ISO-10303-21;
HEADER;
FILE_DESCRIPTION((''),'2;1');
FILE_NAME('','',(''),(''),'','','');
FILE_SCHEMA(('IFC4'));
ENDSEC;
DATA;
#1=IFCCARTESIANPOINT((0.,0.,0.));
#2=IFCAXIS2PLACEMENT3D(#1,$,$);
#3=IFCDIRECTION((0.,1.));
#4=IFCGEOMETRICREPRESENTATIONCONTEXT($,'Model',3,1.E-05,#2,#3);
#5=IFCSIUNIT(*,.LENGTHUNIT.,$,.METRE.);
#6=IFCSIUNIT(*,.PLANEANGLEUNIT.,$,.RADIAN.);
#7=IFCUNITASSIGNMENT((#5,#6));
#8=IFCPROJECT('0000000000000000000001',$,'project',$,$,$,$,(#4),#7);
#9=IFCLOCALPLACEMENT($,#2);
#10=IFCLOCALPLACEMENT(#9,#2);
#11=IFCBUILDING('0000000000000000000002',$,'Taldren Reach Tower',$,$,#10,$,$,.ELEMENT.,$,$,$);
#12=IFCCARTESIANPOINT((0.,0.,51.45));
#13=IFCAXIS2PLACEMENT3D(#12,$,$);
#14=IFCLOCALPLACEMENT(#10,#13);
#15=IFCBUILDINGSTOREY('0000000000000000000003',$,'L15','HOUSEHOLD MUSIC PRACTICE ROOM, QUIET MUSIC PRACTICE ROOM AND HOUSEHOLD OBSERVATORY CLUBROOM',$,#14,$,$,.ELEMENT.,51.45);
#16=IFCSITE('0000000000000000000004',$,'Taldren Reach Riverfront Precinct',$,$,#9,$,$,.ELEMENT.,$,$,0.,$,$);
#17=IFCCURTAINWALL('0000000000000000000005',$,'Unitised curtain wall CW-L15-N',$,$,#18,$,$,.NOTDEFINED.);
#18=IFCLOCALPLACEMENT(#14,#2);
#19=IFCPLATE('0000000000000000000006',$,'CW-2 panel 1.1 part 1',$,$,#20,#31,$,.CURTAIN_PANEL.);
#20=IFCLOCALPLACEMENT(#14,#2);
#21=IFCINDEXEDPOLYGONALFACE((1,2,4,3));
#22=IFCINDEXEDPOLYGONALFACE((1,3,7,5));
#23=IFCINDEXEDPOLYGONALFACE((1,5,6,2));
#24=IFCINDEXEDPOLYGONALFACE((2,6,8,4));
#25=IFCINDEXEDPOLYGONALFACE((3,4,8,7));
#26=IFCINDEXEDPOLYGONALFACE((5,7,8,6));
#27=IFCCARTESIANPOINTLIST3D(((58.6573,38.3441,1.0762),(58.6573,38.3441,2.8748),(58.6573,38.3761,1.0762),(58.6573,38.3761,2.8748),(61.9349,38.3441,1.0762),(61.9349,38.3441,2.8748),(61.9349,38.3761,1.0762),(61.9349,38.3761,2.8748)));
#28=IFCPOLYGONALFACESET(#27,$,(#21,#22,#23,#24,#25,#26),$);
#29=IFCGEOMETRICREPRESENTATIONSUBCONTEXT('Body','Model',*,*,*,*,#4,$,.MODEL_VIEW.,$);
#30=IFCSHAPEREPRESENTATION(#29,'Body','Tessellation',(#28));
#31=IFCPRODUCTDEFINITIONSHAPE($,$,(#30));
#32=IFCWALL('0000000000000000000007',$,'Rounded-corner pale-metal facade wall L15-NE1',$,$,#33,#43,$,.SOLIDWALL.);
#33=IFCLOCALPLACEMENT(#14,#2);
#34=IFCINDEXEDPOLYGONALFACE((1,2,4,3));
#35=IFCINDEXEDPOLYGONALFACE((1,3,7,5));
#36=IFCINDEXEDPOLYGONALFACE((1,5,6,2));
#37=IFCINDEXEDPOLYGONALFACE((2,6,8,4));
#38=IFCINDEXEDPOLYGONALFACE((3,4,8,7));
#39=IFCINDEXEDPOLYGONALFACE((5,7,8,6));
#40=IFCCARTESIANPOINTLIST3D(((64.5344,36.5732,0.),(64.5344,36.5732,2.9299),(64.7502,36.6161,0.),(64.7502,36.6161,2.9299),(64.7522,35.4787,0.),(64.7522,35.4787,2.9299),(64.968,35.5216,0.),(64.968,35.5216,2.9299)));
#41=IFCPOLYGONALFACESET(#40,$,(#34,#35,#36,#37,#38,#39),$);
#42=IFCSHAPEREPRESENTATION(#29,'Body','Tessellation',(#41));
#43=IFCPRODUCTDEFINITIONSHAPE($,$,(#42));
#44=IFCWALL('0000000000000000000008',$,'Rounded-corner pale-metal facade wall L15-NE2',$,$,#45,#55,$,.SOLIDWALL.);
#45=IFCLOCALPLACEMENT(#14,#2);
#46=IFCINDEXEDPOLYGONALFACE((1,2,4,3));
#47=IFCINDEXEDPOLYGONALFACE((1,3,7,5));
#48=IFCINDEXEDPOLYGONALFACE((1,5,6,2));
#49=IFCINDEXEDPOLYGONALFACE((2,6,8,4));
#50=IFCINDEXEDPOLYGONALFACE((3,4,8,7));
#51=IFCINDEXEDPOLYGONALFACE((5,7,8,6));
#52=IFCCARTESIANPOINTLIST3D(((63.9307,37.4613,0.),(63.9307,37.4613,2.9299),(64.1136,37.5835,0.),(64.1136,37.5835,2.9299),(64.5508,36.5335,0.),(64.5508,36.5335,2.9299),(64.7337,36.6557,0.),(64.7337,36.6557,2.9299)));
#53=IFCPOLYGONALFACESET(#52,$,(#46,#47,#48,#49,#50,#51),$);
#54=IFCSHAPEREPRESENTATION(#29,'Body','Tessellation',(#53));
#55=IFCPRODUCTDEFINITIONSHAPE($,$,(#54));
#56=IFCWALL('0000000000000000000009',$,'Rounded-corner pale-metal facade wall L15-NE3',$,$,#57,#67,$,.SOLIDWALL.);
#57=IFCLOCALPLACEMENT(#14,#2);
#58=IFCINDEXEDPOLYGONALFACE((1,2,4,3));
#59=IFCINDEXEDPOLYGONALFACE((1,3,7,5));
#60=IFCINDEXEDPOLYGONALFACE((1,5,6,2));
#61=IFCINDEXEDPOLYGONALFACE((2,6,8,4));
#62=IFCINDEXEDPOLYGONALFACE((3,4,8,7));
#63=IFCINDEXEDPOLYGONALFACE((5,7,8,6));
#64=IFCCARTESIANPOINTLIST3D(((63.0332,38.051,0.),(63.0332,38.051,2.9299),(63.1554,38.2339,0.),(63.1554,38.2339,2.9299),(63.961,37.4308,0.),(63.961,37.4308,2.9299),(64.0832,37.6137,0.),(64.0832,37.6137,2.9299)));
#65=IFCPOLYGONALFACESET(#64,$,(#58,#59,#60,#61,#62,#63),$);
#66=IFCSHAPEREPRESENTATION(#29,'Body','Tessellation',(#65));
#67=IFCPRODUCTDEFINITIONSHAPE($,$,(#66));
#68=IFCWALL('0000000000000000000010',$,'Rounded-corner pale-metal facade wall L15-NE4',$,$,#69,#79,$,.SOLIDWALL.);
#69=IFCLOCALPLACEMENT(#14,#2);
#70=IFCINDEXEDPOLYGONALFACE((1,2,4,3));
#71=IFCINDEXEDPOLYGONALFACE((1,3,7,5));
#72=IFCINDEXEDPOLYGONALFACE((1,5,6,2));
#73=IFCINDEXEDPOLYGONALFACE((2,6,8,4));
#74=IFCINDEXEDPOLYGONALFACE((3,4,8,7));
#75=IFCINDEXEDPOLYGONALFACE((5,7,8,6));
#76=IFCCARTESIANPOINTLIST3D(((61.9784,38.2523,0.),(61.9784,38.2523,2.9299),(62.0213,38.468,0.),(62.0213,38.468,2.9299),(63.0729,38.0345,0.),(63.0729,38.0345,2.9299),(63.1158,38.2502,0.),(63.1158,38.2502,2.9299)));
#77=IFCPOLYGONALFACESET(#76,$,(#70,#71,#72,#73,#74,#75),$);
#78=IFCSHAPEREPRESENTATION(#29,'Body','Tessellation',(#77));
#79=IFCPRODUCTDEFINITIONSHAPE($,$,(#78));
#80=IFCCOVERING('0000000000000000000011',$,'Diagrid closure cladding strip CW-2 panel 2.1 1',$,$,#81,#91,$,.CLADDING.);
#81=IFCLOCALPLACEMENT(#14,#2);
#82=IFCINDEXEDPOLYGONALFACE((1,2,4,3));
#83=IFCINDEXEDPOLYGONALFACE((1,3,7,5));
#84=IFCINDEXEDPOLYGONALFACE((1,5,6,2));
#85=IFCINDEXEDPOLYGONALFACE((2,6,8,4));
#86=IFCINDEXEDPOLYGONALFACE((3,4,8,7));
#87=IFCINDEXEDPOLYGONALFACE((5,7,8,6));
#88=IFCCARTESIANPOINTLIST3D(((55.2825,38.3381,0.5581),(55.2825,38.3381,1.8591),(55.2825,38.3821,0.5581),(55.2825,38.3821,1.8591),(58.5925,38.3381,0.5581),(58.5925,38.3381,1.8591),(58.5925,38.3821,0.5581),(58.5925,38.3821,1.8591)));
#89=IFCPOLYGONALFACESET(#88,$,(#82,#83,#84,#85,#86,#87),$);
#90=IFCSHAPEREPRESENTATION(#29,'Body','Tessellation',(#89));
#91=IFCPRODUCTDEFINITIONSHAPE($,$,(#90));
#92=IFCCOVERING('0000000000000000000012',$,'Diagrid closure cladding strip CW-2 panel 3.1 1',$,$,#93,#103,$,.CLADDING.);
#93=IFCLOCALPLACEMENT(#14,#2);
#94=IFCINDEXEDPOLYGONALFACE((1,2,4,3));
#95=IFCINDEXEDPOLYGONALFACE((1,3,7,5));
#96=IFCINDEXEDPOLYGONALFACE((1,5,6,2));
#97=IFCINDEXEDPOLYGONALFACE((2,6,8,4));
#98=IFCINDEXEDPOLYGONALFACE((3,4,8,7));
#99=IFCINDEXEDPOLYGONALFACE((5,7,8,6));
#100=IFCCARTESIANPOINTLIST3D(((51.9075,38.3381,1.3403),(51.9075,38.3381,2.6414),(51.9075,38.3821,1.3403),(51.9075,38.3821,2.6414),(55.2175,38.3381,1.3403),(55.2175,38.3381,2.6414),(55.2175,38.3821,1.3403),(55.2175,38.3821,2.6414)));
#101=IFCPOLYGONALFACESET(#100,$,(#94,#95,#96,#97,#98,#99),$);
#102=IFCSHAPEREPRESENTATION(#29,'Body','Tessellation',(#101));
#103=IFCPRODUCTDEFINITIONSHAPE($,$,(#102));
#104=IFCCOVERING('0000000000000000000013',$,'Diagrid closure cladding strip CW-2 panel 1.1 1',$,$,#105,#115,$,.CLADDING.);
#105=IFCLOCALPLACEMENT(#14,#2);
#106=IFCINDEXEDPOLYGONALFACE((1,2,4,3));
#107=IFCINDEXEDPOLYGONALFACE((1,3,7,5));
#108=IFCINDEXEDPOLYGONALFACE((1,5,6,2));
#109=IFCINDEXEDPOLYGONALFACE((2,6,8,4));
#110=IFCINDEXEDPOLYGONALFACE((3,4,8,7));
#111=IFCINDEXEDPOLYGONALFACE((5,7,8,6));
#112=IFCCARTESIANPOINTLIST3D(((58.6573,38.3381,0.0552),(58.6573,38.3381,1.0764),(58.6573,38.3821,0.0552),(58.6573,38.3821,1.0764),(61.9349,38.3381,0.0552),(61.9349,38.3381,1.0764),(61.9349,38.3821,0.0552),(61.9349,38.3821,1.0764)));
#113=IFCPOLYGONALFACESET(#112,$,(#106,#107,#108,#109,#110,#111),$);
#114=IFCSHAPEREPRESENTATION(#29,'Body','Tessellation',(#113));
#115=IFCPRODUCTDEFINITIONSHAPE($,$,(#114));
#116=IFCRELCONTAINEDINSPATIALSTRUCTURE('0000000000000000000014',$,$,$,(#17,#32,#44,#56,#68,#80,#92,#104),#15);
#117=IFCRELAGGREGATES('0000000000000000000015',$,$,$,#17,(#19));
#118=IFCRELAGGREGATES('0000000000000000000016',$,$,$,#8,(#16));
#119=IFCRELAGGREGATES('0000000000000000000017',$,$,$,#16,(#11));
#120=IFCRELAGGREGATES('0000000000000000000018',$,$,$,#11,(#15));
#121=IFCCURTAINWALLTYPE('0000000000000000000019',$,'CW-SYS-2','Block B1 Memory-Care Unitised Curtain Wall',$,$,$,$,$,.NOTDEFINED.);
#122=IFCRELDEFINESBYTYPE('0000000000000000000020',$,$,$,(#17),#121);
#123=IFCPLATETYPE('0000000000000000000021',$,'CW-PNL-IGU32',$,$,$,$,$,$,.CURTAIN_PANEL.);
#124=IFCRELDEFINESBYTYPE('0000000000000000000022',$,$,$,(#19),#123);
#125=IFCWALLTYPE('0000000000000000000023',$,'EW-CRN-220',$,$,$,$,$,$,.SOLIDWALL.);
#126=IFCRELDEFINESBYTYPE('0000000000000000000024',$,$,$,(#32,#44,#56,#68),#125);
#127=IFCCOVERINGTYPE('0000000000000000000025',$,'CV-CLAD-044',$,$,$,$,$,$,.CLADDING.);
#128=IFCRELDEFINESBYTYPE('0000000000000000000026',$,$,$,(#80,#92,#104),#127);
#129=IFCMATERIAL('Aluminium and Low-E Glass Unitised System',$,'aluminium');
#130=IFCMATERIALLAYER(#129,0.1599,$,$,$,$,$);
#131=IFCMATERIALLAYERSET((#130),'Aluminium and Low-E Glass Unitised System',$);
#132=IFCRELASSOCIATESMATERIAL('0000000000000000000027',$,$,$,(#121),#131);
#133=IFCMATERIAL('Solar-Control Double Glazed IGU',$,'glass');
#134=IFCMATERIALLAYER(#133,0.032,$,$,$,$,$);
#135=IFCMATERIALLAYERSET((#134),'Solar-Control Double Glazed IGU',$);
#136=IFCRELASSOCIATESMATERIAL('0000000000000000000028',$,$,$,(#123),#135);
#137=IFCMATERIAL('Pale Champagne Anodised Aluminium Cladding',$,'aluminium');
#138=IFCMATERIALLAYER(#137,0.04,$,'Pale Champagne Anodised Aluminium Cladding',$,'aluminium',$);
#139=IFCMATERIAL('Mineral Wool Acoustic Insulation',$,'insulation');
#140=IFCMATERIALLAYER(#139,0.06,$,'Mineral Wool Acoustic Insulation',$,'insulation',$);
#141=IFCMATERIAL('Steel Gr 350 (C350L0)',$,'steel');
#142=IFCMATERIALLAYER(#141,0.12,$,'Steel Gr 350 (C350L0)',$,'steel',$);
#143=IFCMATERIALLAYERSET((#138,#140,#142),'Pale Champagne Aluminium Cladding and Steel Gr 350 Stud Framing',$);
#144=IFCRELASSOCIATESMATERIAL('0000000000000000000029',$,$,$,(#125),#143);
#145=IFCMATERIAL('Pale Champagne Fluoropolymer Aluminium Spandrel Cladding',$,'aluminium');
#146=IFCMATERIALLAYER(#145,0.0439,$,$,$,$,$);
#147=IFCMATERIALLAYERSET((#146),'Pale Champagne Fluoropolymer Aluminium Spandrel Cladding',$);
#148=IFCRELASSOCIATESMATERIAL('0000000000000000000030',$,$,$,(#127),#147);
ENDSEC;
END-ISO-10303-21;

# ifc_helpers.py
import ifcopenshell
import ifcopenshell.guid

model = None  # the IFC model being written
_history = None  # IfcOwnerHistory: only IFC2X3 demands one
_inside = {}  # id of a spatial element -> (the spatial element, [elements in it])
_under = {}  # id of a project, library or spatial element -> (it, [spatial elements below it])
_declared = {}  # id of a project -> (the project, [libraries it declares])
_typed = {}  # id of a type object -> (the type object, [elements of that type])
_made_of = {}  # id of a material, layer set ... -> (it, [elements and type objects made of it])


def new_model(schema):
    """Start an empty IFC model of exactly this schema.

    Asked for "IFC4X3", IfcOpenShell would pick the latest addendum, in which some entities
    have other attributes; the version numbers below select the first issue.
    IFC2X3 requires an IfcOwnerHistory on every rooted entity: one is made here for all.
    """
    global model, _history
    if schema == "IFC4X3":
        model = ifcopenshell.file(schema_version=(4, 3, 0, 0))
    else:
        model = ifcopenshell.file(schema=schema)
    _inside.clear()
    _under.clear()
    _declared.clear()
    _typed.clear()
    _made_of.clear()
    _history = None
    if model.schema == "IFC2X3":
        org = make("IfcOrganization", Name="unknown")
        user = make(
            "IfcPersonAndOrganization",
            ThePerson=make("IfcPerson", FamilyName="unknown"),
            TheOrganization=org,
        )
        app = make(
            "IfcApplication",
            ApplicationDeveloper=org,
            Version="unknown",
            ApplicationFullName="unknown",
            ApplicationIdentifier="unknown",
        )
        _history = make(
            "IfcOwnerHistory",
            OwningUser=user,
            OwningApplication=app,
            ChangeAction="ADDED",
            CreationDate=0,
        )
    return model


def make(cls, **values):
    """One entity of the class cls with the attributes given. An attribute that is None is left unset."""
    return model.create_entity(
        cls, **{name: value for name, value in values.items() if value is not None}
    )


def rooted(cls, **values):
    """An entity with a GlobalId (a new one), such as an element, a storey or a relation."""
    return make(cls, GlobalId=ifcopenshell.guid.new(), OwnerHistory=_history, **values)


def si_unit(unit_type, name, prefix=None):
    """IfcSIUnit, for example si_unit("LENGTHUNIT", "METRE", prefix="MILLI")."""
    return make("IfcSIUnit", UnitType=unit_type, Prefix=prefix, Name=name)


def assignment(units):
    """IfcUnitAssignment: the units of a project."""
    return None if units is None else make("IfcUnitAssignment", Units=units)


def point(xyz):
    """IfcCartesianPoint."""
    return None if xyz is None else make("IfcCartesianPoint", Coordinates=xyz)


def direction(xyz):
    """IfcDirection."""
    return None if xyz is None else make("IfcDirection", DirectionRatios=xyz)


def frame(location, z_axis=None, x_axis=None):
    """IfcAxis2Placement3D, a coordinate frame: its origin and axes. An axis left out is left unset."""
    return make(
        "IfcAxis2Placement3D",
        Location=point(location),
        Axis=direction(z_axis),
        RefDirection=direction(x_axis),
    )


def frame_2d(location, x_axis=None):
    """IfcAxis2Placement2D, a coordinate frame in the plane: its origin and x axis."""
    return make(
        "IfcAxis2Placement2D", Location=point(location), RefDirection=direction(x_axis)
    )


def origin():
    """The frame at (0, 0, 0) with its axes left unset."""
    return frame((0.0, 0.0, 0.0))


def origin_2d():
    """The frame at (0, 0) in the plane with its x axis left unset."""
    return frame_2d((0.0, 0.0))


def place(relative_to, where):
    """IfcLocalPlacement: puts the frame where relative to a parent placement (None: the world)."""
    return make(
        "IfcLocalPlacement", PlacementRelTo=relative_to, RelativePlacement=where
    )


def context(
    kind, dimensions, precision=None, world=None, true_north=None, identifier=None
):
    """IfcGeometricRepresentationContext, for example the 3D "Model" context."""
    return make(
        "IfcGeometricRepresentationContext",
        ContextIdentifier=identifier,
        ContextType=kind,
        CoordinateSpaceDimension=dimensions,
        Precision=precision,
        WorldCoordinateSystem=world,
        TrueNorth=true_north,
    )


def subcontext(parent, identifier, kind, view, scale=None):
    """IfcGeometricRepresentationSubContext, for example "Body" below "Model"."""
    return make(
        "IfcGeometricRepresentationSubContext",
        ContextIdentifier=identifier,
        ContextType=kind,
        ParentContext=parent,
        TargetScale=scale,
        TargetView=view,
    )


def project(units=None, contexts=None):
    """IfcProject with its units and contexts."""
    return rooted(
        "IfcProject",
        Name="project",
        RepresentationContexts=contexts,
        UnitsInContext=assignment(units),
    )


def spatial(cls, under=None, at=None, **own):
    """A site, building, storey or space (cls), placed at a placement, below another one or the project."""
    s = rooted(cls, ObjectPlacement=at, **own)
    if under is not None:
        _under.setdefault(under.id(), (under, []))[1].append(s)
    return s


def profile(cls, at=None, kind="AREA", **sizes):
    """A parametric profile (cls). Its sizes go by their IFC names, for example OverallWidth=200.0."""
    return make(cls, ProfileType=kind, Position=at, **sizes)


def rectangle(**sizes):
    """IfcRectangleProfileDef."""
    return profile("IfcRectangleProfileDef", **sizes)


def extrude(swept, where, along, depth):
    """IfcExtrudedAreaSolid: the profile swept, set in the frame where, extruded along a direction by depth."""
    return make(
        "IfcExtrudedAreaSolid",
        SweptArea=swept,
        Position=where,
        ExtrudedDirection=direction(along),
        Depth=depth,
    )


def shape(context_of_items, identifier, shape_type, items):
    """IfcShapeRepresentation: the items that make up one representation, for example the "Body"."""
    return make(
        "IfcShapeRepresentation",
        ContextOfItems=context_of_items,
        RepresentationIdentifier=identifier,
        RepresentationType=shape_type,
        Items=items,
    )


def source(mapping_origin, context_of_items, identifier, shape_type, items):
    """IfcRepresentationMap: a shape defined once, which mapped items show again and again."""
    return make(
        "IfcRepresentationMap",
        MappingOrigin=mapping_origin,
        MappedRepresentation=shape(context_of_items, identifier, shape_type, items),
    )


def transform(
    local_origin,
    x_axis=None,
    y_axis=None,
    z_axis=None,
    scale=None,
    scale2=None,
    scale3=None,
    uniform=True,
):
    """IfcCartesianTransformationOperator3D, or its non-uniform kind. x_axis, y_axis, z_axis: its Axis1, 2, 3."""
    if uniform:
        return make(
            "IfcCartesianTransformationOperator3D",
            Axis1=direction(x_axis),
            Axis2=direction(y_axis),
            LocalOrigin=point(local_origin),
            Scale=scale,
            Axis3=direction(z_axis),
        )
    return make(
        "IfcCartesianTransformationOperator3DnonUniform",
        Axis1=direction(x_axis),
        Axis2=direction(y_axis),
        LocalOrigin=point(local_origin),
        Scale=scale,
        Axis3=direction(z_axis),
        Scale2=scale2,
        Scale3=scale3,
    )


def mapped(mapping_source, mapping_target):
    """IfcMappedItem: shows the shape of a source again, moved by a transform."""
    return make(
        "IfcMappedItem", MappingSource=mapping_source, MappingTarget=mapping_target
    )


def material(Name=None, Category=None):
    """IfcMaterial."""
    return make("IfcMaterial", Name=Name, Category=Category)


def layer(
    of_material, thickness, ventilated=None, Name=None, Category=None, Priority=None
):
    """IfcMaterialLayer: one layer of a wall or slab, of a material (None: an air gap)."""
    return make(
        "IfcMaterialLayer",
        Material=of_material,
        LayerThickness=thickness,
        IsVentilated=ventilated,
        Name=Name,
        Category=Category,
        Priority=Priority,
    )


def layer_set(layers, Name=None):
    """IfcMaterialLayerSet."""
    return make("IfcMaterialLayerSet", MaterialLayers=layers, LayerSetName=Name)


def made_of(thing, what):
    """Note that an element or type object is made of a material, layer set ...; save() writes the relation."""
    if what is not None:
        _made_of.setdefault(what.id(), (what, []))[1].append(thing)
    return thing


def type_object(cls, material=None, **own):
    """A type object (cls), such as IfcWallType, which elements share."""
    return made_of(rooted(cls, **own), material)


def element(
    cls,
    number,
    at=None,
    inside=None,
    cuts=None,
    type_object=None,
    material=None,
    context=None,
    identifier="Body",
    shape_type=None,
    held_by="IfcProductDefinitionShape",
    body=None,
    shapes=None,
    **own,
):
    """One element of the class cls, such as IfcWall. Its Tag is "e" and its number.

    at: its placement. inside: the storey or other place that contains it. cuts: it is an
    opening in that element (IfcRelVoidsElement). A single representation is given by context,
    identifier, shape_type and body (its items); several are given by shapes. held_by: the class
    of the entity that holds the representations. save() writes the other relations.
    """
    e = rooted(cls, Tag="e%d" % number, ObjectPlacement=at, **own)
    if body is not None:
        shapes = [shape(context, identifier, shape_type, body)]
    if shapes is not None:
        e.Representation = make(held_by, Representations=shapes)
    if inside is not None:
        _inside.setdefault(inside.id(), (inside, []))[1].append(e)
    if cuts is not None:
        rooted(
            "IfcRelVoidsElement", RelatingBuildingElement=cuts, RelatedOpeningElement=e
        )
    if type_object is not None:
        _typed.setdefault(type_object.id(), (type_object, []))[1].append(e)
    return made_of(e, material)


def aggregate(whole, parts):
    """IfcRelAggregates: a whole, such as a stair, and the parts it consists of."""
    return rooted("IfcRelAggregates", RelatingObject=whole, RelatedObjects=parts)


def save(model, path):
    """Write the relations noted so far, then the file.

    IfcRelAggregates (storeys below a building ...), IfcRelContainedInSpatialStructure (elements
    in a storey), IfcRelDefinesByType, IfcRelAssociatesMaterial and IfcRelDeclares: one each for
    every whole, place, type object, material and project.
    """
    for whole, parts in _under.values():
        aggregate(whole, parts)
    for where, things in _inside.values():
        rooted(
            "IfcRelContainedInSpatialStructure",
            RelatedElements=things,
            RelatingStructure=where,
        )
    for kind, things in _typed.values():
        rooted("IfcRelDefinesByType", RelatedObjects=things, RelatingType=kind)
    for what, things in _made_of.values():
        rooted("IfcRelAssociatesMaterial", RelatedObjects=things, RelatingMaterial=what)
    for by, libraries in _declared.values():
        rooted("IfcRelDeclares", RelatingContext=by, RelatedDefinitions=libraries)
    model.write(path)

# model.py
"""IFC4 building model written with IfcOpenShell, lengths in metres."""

from ifc_helpers import new_model, si_unit, direction, frame, frame_2d, origin, origin_2d, place, context, subcontext, project, spatial, rectangle, extrude, source, transform, mapped, material, layer, layer_set, type_object, element, aggregate, save


model = new_model("IFC4")

# Units and contexts
model_context = context("Model", 3, precision=1e-05, world=origin(), true_north=direction((0.0, 1.0)))
body_context = subcontext(model_context, "Body", "Model", "MODEL_VIEW")
ifc_project = project(units=[si_unit("LENGTHUNIT", "METRE"), si_unit("PLANEANGLEUNIT", "RADIAN")], contexts=[model_context])

# Site, building, storey
site_placement = place(None, origin())
site = spatial("IfcSite", under=ifc_project, at=site_placement, Name="Taldren Reach Riverfront Precinct", CompositionType="ELEMENT", RefElevation=0.0)
building_placement = place(site_placement, origin())
building = spatial("IfcBuilding", under=site, at=building_placement, Name="Taldren Reach Tower", CompositionType="ELEMENT")
storey_placement = place(building_placement, frame((0.0, 0.0, 51.45)))
storey = spatial("IfcBuildingStorey", under=building, at=storey_placement, Name="L15", Description="HOUSEHOLD MUSIC PRACTICE ROOM, QUIET MUSIC PRACTICE ROOM AND HOUSEHOLD OBSERVATORY CLUBROOM", CompositionType="ELEMENT", Elevation=51.45)

# Shared definitions
ifc_material_1 = material(Name="Steel Gr 350 (C350L0)", Category="steel")

# Curtain wall
ifc_material_2 = material(Name="Aluminium and Low-E Glass Unitised System", Category="aluminium")
ifc_layer_1 = layer(ifc_material_2, 0.1599)
ifc_layer_set_1 = layer_set([ifc_layer_1], Name="Aluminium and Low-E Glass Unitised System")
curtain_wall_type = type_object("IfcCurtainWallType", Name="CW-SYS-2", Description="Block B1 Memory-Care Unitised Curtain Wall", PredefinedType="NOTDEFINED", material=ifc_layer_set_1)
curtain_wall_1_placement = place(storey_placement, origin())
curtain_wall_1 = element("IfcCurtainWall", 1, at=curtain_wall_1_placement, inside=storey, type_object=curtain_wall_type, Name="Unitised curtain wall CW-L15-N", PredefinedType="NOTDEFINED")

# Plate
ifc_material_3 = material(Name="Solar-Control Double Glazed IGU", Category="glass")
ifc_layer_2 = layer(ifc_material_3, 0.032)
ifc_layer_set_2 = layer_set([ifc_layer_2], Name="Solar-Control Double Glazed IGU")
plate_type_1 = type_object("IfcPlateType", Name="CW-PNL-IGU32", PredefinedType="CURTAIN_PANEL", material=ifc_layer_set_2)
shared_shape_1 = source(origin(), body_context, "Body", "SweptSolid", [
    extrude(rectangle(XDim=3.2776, YDim=0.032, at=origin_2d()), origin(), (0.0, 0.0, 1.0), 1.7986),
])
plate_1_placement = place(storey_placement, frame((60.2961, 38.3601, 1.0762), z_axis=(0.0, 0.0, 1.0), x_axis=(-1.0, 0.0, 0.0)))
plate_1 = element("IfcPlate", 2, at=plate_1_placement, type_object=plate_type_1, Name="CW-2 panel 1.1 part 1", PredefinedType="CURTAIN_PANEL", context=body_context, shape_type="MappedRepresentation", body=[
    mapped(shared_shape_1, transform((0.0, 0.0, 0.0), scale=1.0)),
])
aggregate(curtain_wall_1, [plate_1])

# Walls
ifc_material_4 = material(Name="Pale Champagne Anodised Aluminium Cladding", Category="aluminium")
ifc_layer_3 = layer(ifc_material_4, 0.04, Name="Pale Champagne Anodised Aluminium Cladding", Category="aluminium")
ifc_material_5 = material(Name="Mineral Wool Acoustic Insulation", Category="insulation")
ifc_layer_4 = layer(ifc_material_5, 0.06, Name="Mineral Wool Acoustic Insulation", Category="insulation")
ifc_layer_5 = layer(ifc_material_1, 0.12, Name="Steel Gr 350 (C350L0)", Category="steel")
ifc_layer_set_3 = layer_set([ifc_layer_3, ifc_layer_4, ifc_layer_5], Name="Pale Champagne Aluminium Cladding and Steel Gr 350 Stud Framing")
wall_type = type_object("IfcWallType", Name="EW-CRN-220", PredefinedType="SOLIDWALL", material=ifc_layer_set_3)
shared_shape_2 = source(origin(), body_context, "Body", "SweptSolid", [
    extrude(rectangle(XDim=1.116, YDim=0.22, at=frame_2d((0.5581, 0.0))), origin(), (0.0, 0.0, 1.0), 2.9299),
])
for number, where, z_axis, x_axis, name in (
    (3, (64.8601, 35.5, 0.0), (0.0, 0.0, 1.0), (-0.195148, 0.980774, 0.0), "Rounded-corner pale-metal facade wall L15-NE1"),
    (4, (64.6423, 36.5945, 0.0), (0.0, 0.0, 1.0), (-0.55571, 0.831377, 0.0), "Rounded-corner pale-metal facade wall L15-NE2"),
    (5, (64.0222, 37.5222, 0.0), (0.0, 0.0, 1.0), (-0.831377, 0.55571, 0.0), "Rounded-corner pale-metal facade wall L15-NE3"),
    (6, (63.0945, 38.1423, 0.0), (0.0, 0.0, 1.0), (-0.980774, 0.195148, 0.0), "Rounded-corner pale-metal facade wall L15-NE4"),
):
    element("IfcWall", number, at=place(storey_placement, frame(where, z_axis=z_axis, x_axis=x_axis)), inside=storey, type_object=wall_type, Name=name, PredefinedType="SOLIDWALL", context=body_context, shape_type="MappedRepresentation", body=[
        mapped(shared_shape_2, transform((0.0, 0.0, 0.0), scale=1.0)),
    ])

# Coverings
ifc_material_6 = material(Name="Pale Champagne Fluoropolymer Aluminium Spandrel Cladding", Category="aluminium")
ifc_layer_6 = layer(ifc_material_6, 0.0439)
ifc_layer_set_4 = layer_set([ifc_layer_6], Name="Pale Champagne Fluoropolymer Aluminium Spandrel Cladding")
covering_type = type_object("IfcCoveringType", Name="CV-CLAD-044", PredefinedType="CLADDING", material=ifc_layer_set_4)
shared_shape_3 = source(origin(), body_context, "Body", "SweptSolid", [
    extrude(rectangle(XDim=3.3101, YDim=0.0439, at=origin_2d()), origin(), (0.0, 0.0, 1.0), 1.301),
])
for number, where, z_axis, x_axis, name in (
    (7, (56.9375, 38.3601, 0.5581), (0.0, 0.0, 1.0), (-1.0, 0.0, 0.0), "Diagrid closure cladding strip CW-2 panel 2.1 1"),
    (8, (53.5625, 38.3601, 1.3403), (0.0, 0.0, 1.0), (-1.0, 0.0, 0.0), "Diagrid closure cladding strip CW-2 panel 3.1 1"),
):
    element("IfcCovering", number, at=place(storey_placement, frame(where, z_axis=z_axis, x_axis=x_axis)), inside=storey, type_object=covering_type, Name=name, PredefinedType="CLADDING", context=body_context, shape_type="MappedRepresentation", body=[
        mapped(shared_shape_3, transform((0.0, 0.0, 0.0), scale=1.0)),
    ])
shared_shape_4 = source(origin(), body_context, "Body", "SweptSolid", [
    extrude(rectangle(XDim=3.2776, YDim=0.0439, at=origin_2d()), origin(), (0.0, 0.0, 1.0), 1.0212),
])
covering_placement = place(storey_placement, frame((60.2961, 38.3601, 0.0552), z_axis=(0.0, 0.0, 1.0), x_axis=(-1.0, 0.0, 0.0)))
element("IfcCovering", 9, at=covering_placement, inside=storey, type_object=covering_type, Name="Diagrid closure cladding strip CW-2 panel 1.1 1", PredefinedType="CLADDING", context=body_context, shape_type="MappedRepresentation", body=[
    mapped(shared_shape_4, transform((0.0, 0.0, 0.0), scale=1.0)),
])

save(model, "model.ifc")
